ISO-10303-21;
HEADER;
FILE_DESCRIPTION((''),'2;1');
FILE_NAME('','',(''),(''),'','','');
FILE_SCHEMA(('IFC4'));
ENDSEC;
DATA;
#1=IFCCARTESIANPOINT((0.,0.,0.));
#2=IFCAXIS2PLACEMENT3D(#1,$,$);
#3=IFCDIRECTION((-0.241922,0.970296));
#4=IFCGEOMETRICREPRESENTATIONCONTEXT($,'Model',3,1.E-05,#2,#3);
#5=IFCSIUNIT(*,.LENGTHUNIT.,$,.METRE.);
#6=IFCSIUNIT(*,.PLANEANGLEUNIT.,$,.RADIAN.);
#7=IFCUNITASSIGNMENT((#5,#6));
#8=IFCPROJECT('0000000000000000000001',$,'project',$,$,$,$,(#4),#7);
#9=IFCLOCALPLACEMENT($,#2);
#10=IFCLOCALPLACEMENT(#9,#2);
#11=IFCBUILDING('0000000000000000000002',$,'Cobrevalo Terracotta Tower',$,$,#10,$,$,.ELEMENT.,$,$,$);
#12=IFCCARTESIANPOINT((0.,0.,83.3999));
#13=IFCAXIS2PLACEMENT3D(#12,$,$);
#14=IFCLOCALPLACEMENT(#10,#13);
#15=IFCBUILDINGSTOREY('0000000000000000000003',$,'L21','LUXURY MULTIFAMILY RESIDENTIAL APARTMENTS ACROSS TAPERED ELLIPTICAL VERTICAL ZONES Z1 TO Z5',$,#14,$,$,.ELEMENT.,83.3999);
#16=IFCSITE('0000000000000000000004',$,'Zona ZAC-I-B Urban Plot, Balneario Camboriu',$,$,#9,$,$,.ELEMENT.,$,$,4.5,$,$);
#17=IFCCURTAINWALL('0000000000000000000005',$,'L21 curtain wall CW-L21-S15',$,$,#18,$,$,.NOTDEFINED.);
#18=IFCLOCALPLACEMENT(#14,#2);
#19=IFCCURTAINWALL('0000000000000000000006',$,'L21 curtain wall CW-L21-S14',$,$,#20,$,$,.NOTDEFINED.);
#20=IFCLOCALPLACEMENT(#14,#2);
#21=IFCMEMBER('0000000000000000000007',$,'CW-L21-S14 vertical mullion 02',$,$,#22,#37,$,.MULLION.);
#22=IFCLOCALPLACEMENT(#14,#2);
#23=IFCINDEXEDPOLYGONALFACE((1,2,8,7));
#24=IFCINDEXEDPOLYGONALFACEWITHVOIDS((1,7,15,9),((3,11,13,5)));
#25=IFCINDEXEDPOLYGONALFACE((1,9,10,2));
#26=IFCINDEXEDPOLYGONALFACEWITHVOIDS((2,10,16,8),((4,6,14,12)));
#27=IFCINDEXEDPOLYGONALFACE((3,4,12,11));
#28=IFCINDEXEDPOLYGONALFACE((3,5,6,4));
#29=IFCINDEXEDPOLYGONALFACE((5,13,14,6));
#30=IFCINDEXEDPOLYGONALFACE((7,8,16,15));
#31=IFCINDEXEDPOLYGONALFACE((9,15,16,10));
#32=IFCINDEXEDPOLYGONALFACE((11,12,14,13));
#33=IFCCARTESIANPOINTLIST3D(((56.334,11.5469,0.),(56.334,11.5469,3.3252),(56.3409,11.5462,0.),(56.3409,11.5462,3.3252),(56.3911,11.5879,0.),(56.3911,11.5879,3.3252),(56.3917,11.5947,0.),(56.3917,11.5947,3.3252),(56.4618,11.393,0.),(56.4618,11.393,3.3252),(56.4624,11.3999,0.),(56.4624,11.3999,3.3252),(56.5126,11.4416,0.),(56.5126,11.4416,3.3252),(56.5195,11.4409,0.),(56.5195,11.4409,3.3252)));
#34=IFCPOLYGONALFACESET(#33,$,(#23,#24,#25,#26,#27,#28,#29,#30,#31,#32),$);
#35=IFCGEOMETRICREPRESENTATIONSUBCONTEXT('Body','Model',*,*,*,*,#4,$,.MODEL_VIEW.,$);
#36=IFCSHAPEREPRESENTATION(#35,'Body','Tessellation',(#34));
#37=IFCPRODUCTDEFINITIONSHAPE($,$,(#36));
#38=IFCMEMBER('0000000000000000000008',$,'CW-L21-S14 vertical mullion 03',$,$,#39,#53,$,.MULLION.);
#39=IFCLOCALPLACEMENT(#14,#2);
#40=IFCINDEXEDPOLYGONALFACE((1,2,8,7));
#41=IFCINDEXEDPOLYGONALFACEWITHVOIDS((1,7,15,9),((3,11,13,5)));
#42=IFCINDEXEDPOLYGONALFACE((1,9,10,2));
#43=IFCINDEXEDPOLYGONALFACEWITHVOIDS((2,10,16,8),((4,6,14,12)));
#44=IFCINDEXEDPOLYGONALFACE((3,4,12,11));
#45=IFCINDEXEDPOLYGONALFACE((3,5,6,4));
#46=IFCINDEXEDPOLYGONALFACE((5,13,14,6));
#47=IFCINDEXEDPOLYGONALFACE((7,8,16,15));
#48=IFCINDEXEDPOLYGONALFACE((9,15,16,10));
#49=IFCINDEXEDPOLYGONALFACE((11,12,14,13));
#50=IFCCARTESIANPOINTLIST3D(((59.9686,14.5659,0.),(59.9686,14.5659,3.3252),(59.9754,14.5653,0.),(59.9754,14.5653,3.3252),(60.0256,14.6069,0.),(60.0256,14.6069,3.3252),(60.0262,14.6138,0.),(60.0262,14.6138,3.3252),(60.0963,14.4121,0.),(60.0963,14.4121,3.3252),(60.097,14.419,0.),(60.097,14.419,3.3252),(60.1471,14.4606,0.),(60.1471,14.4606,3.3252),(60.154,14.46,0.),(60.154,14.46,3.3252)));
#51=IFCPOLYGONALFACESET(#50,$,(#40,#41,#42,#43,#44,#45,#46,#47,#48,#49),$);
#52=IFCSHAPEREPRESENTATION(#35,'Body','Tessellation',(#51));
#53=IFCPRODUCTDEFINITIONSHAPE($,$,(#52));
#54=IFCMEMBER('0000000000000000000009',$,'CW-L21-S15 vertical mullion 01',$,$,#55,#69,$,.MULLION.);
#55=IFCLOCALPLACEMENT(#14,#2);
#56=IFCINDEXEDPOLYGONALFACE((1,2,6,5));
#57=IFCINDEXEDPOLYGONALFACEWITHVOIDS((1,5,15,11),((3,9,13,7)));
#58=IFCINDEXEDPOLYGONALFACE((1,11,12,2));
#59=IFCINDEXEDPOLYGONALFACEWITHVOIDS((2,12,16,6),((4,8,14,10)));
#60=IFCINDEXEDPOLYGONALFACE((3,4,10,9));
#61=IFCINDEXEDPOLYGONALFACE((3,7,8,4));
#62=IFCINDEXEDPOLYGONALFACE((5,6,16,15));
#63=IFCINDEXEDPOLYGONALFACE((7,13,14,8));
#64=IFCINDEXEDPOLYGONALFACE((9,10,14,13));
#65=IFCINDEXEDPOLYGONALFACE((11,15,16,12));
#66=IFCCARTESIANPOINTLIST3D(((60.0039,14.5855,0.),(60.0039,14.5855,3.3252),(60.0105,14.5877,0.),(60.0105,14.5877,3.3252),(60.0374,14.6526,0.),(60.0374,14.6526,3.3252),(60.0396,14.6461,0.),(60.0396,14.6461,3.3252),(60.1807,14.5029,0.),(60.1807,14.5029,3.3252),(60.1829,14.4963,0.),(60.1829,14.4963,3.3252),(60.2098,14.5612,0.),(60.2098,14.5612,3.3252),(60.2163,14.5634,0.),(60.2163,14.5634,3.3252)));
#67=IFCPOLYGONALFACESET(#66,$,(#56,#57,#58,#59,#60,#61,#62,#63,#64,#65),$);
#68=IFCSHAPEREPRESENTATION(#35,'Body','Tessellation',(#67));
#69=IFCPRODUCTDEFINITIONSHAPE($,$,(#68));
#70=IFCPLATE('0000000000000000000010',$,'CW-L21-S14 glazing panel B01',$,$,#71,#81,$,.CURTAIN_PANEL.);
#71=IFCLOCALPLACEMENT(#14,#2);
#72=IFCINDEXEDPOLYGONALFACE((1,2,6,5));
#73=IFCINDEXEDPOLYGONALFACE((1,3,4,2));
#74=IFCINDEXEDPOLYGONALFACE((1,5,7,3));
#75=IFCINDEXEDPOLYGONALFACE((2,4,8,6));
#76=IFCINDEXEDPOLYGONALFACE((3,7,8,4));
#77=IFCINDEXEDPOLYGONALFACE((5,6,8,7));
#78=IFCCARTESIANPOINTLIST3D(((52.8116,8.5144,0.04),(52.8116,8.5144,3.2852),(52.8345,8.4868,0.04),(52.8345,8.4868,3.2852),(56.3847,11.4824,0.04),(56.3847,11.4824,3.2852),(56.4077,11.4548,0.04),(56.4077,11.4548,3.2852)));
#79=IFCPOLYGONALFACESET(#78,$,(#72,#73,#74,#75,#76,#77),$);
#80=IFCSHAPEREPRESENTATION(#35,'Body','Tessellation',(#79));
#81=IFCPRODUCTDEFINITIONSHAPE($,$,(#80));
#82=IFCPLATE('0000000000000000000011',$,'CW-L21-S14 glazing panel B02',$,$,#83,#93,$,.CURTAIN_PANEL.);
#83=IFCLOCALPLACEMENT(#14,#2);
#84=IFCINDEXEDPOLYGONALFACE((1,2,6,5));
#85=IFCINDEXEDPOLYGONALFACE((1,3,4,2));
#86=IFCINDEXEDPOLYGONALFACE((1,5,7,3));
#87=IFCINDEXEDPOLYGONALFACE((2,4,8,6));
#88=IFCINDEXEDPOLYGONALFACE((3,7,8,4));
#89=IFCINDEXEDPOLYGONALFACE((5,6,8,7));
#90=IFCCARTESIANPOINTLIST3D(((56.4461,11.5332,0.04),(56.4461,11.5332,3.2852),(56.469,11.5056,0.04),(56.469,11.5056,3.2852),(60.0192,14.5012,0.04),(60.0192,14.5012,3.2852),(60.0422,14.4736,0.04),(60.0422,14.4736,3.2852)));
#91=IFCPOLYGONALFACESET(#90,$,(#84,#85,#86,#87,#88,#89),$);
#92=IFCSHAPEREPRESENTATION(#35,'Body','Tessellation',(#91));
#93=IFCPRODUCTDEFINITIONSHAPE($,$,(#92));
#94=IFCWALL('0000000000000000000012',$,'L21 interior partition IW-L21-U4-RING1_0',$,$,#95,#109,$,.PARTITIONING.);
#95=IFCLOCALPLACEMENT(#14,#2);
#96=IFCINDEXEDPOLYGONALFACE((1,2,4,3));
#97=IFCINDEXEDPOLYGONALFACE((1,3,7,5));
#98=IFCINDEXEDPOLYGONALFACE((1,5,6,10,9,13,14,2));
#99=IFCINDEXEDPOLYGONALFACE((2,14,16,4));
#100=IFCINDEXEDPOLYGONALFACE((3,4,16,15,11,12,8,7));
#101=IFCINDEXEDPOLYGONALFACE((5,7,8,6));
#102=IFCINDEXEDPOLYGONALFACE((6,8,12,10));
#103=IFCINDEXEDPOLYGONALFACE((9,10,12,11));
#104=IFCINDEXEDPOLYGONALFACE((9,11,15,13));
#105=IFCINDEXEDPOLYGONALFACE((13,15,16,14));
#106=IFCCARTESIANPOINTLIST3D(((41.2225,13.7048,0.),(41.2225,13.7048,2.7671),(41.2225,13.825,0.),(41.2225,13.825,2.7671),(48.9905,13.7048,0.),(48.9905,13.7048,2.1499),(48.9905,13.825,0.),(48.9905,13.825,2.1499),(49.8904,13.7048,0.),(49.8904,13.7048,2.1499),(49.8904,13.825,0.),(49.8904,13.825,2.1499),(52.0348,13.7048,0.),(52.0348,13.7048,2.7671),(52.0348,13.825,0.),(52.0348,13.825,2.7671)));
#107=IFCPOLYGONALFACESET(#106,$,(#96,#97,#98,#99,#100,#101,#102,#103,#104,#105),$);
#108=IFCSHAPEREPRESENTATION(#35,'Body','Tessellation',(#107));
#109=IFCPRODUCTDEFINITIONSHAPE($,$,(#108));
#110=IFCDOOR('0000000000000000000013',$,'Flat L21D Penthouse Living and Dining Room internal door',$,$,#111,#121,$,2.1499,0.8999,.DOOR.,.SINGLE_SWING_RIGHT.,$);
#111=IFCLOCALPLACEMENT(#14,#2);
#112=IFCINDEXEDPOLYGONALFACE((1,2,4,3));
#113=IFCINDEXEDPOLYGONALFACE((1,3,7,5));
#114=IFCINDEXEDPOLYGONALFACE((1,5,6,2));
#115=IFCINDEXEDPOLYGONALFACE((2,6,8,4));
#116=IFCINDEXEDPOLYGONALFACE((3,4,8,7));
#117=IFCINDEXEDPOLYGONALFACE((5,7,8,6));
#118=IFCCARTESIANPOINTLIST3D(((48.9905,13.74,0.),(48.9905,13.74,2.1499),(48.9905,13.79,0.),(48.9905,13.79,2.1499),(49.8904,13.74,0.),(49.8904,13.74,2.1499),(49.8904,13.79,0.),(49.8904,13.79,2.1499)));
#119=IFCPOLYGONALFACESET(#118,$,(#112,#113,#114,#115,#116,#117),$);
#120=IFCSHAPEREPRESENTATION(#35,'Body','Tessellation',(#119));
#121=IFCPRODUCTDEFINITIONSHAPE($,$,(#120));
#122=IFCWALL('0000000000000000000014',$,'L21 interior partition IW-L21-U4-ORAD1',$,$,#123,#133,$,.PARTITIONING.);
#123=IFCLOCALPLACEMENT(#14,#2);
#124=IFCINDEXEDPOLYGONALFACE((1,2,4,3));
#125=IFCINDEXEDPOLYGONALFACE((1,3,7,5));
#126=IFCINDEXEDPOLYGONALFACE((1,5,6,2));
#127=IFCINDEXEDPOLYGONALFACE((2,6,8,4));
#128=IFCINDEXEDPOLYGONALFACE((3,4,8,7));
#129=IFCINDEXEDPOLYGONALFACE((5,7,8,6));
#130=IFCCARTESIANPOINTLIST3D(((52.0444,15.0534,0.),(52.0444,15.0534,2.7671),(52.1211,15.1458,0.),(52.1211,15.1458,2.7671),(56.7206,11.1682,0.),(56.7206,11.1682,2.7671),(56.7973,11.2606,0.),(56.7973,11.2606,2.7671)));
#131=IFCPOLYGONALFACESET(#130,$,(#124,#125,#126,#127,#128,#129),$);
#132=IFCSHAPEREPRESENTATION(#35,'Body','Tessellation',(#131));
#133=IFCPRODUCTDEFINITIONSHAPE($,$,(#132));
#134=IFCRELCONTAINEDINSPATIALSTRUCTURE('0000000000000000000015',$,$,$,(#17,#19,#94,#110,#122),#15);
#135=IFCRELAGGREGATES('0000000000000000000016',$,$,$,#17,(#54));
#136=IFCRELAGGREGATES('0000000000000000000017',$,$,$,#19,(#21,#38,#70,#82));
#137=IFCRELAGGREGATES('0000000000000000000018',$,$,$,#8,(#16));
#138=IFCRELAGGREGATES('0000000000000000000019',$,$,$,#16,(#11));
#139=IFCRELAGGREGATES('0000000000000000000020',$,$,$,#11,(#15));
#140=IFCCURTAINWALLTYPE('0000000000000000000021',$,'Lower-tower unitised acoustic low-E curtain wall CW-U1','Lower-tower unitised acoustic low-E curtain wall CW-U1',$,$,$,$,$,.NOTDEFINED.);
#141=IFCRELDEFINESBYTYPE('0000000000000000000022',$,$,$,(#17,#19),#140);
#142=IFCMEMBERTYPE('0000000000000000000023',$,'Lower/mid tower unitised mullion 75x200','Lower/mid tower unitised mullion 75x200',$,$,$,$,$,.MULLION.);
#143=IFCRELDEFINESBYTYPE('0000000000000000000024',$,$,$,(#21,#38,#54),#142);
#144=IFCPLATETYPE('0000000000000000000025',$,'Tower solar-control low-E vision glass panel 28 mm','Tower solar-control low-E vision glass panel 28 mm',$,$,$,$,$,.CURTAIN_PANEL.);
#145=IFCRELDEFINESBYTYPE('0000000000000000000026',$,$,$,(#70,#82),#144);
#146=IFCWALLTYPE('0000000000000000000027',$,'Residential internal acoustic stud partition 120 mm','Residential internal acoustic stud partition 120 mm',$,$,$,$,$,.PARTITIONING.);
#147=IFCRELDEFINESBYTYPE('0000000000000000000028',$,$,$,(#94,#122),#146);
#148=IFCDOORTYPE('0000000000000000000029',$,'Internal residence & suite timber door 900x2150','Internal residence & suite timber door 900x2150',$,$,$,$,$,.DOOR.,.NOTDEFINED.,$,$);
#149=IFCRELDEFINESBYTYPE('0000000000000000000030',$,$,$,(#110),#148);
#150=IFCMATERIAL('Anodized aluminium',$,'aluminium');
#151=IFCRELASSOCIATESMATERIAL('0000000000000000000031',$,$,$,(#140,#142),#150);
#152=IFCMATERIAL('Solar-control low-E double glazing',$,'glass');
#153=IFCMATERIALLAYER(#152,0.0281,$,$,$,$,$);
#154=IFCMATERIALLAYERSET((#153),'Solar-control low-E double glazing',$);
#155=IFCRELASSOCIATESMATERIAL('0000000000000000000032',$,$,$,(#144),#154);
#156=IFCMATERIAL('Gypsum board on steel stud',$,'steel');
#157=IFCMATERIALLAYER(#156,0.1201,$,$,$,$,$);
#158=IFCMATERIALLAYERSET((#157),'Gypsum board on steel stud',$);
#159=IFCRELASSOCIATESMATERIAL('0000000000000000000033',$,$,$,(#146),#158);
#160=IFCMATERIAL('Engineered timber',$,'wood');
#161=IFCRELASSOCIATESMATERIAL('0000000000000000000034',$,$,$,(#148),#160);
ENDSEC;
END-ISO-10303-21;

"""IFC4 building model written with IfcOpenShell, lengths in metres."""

from ifc_helpers import new_model, si_unit, direction, frame, frame_2d, origin, origin_2d, place, context, subcontext, project, spatial, rectangle, hollow_rectangle, extrude, source, transform, mapped, material, layer, layer_set, material_profile, profile_set, type_object, element, fill, aggregate, save


model = new_model("IFC4")

# Units and contexts
model_context = context("Model", 3, precision=1e-05, world=origin(), true_north=direction((-0.241922, 0.970296)))
body_context = subcontext(model_context, "Body", "Model", "MODEL_VIEW")
ifc_project = project(units=[si_unit("LENGTHUNIT", "METRE"), si_unit("PLANEANGLEUNIT", "RADIAN")], contexts=[model_context])

# Site, building, storey
site_placement = place(None, origin())
site = spatial("IfcSite", under=ifc_project, at=site_placement, Name="Zona ZAC-I-B Urban Plot, Balneario Camboriu", CompositionType="ELEMENT", RefElevation=4.5)
building_placement = place(site_placement, origin())
building = spatial("IfcBuilding", under=site, at=building_placement, Name="Cobrevalo Terracotta Tower", CompositionType="ELEMENT")
storey_placement = place(building_placement, frame((0.0, 0.0, 83.3999)))
storey = spatial("IfcBuildingStorey", under=building, at=storey_placement, Name="L21", Description="LUXURY MULTIFAMILY RESIDENTIAL APARTMENTS ACROSS TAPERED ELLIPTICAL VERTICAL ZONES Z1 TO Z5", CompositionType="ELEMENT", Elevation=83.3999)

# Curtain walls, members
ifc_material_1 = material(Name="Anodized aluminium", Category="aluminium")
curtain_wall_type = type_object("IfcCurtainWallType", Name="Lower-tower unitised acoustic low-E curtain wall CW-U1", Description="Lower-tower unitised acoustic low-E curtain wall CW-U1", PredefinedType="NOTDEFINED", material=ifc_material_1)
curtain_wall_1_placement = place(storey_placement, origin())
curtain_wall_1 = element("IfcCurtainWall", 1, at=curtain_wall_1_placement, inside=storey, type_object=curtain_wall_type, Name="L21 curtain wall CW-L21-S15", PredefinedType="NOTDEFINED")
curtain_wall_2_placement = place(storey_placement, origin())
curtain_wall_2 = element("IfcCurtainWall", 2, at=curtain_wall_2_placement, inside=storey, type_object=curtain_wall_type, Name="L21 curtain wall CW-L21-S14", PredefinedType="NOTDEFINED")
ifc_material_profile_1 = material_profile(ifc_material_1, hollow_rectangle(XDim=0.075, YDim=0.2, WallThickness=0.0049, at=origin_2d()), Name="CWM 75x200")
ifc_profile_set_1 = profile_set([ifc_material_profile_1], Name="Anodized aluminium")
member_type_1 = type_object("IfcMemberType", Name="Lower/mid tower unitised mullion 75x200", Description="Lower/mid tower unitised mullion 75x200", PredefinedType="MULLION", material=ifc_profile_set_1)
shared_shape_1 = source(origin(), body_context, "Body", "SweptSolid", [
    extrude(hollow_rectangle(XDim=0.075, YDim=0.2, WallThickness=0.0049, at=origin_2d()), origin(), (0.0, 0.0, 1.0), 3.3252),
])
member_1_placement = place(storey_placement, frame((56.4268, 11.4939, 0.0), z_axis=(0.0, 0.0, 1.0), x_axis=(0.769243, 0.638956, 0.0)))
member_1 = element("IfcMember", 3, at=member_1_placement, type_object=member_type_1, Name="CW-L21-S14 vertical mullion 02", PredefinedType="MULLION", context=body_context, shape_type="MappedRepresentation", body=[
    mapped(shared_shape_1, transform((0.0, 0.0, 0.0), scale=1.0)),
])
member_2_placement = place(storey_placement, frame((60.0613, 14.5129, 0.0), z_axis=(0.0, 0.0, 1.0), x_axis=(0.769243, 0.638956, 0.0)))
member_2 = element("IfcMember", 4, at=member_2_placement, type_object=member_type_1, Name="CW-L21-S14 vertical mullion 03", PredefinedType="MULLION", context=body_context, shape_type="MappedRepresentation", body=[
    mapped(shared_shape_1, transform((0.0, 0.0, 0.0), scale=1.0)),
])

# Member
member_3_placement = place(storey_placement, frame((60.1101, 14.5745, 0.0), z_axis=(0.0, 0.0, 1.0), x_axis=(0.44626, 0.894903, 0.0)))
member_3 = element("IfcMember", 5, at=member_3_placement, type_object=member_type_1, Name="CW-L21-S15 vertical mullion 01", PredefinedType="MULLION", context=body_context, shape_type="MappedRepresentation", body=[
    mapped(shared_shape_1, transform((0.0, 0.0, 0.0), scale=1.0)),
])
aggregate(curtain_wall_1, [member_3])

# Plates
ifc_material_2 = material(Name="Solar-control low-E double glazing", Category="glass")
ifc_layer_1 = layer(ifc_material_2, 0.0281)
ifc_layer_set_1 = layer_set([ifc_layer_1], Name="Solar-control low-E double glazing")
plate_type = type_object("IfcPlateType", Name="Tower solar-control low-E vision glass panel 28 mm", Description="Tower solar-control low-E vision glass panel 28 mm", PredefinedType="CURTAIN_PANEL", material=ifc_layer_set_1)
shared_shape_2 = source(origin(), body_context, "Body", "SweptSolid", [
    extrude(rectangle(XDim=4.645, YDim=0.0359, at=origin_2d()), origin(), (0.0, 0.0, 1.0), 3.2451),
])
plate_1_placement = place(storey_placement, frame((54.6096, 9.9846, 0.04), z_axis=(0.0, 0.0, 1.0), x_axis=(0.769241, 0.638958, 0.0)))
plate_1 = element("IfcPlate", 6, at=plate_1_placement, type_object=plate_type, Name="CW-L21-S14 glazing panel B01", PredefinedType="CURTAIN_PANEL", context=body_context, shape_type="MappedRepresentation", body=[
    mapped(shared_shape_2, transform((0.0, 0.0, 0.0), scale=1.0)),
])
plate_2_placement = place(storey_placement, frame((58.2441, 13.0034, 0.04), z_axis=(0.0, 0.0, 1.0), x_axis=(0.769241, 0.638958, 0.0)))
plate_2 = element("IfcPlate", 7, at=plate_2_placement, type_object=plate_type, Name="CW-L21-S14 glazing panel B02", PredefinedType="CURTAIN_PANEL", context=body_context, shape_type="MappedRepresentation", body=[
    mapped(shared_shape_2, transform((0.0, 0.0, 0.0), scale=1.0)),
])
aggregate(curtain_wall_2, [member_1, member_2, plate_1, plate_2])

# Wall, opening, door
ifc_material_3 = material(Name="Gypsum board on steel stud", Category="steel")
ifc_layer_2 = layer(ifc_material_3, 0.1201)
ifc_layer_set_2 = layer_set([ifc_layer_2], Name="Gypsum board on steel stud")
wall_type = type_object("IfcWallType", Name="Residential internal acoustic stud partition 120 mm", Description="Residential internal acoustic stud partition 120 mm", PredefinedType="PARTITIONING", material=ifc_layer_set_2)
wall_1_placement = place(storey_placement, frame((52.0349, 13.7649, 0.0), z_axis=(0.0, 0.0, 1.0), x_axis=(-1.0, 0.0, 0.0)))
wall_1 = element("IfcWall", 8, at=wall_1_placement, inside=storey, type_object=wall_type, Name="L21 interior partition IW-L21-U4-RING1_0", PredefinedType="PARTITIONING", context=body_context, shape_type="SweptSolid", body=[
    extrude(rectangle(XDim=10.8123, YDim=0.1201, at=frame_2d((5.4062, 0.0))), origin(), (0.0, 0.0, 1.0), 2.7671),
])
opening_placement = place(wall_1_placement, frame((2.1445, 0.0, 0.0)))
opening = element("IfcOpeningElement", 9, at=opening_placement, cuts=wall_1, PredefinedType="OPENING", context=body_context, shape_type="SweptSolid", body=[
    extrude(rectangle(XDim=0.8999, YDim=2.1499, at=frame_2d((0.45, 1.075))), frame((0.0, 0.0701, 0.0), z_axis=(0.0, -1.0, 0.0), x_axis=(1.0, 0.0, 0.0)), (0.0, 0.0, 1.0), 0.1401),
])
ifc_material_4 = material(Name="Engineered timber", Category="wood")
door_type = type_object("IfcDoorType", Name="Internal residence & suite timber door 900x2150", Description="Internal residence & suite timber door 900x2150", OperationType="NOTDEFINED", PredefinedType="DOOR", material=ifc_material_4)
shared_shape_3 = source(origin(), body_context, "Body", "SweptSolid", [
    extrude(rectangle(XDim=0.8999, YDim=2.1499, at=frame_2d((0.45, 1.075))), frame((0.0, 0.0249, 0.0), z_axis=(0.0, -1.0, 0.0), x_axis=(1.0, 0.0, 0.0)), (0.0, 0.0, 1.0), 0.05),
])
door_placement = place(opening_placement, origin())
door = element("IfcDoor", 10, at=door_placement, inside=storey, type_object=door_type, Name="Flat L21D Penthouse Living and Dining Room internal door", OperationType="SINGLE_SWING_RIGHT", OverallHeight=2.1499, OverallWidth=0.8999, PredefinedType="DOOR", context=body_context, shape_type="MappedRepresentation", body=[
    mapped(shared_shape_3, transform((0.0, 0.0, 0.0), scale=1.0)),
])
fill(opening, door)

# Wall
wall_2_placement = place(storey_placement, frame((52.0828, 15.0996, 0.0), z_axis=(0.0, 0.0, 1.0), x_axis=(0.769162, -0.639054, 0.0)))
element("IfcWall", 11, at=wall_2_placement, inside=storey, type_object=wall_type, Name="L21 interior partition IW-L21-U4-ORAD1", PredefinedType="PARTITIONING", context=body_context, shape_type="SweptSolid", body=[
    extrude(rectangle(XDim=6.0796, YDim=0.1201, at=frame_2d((3.0398, 0.0))), origin(), (0.0, 0.0, 1.0), 2.7671),
])

save(model, "model.ifc")
